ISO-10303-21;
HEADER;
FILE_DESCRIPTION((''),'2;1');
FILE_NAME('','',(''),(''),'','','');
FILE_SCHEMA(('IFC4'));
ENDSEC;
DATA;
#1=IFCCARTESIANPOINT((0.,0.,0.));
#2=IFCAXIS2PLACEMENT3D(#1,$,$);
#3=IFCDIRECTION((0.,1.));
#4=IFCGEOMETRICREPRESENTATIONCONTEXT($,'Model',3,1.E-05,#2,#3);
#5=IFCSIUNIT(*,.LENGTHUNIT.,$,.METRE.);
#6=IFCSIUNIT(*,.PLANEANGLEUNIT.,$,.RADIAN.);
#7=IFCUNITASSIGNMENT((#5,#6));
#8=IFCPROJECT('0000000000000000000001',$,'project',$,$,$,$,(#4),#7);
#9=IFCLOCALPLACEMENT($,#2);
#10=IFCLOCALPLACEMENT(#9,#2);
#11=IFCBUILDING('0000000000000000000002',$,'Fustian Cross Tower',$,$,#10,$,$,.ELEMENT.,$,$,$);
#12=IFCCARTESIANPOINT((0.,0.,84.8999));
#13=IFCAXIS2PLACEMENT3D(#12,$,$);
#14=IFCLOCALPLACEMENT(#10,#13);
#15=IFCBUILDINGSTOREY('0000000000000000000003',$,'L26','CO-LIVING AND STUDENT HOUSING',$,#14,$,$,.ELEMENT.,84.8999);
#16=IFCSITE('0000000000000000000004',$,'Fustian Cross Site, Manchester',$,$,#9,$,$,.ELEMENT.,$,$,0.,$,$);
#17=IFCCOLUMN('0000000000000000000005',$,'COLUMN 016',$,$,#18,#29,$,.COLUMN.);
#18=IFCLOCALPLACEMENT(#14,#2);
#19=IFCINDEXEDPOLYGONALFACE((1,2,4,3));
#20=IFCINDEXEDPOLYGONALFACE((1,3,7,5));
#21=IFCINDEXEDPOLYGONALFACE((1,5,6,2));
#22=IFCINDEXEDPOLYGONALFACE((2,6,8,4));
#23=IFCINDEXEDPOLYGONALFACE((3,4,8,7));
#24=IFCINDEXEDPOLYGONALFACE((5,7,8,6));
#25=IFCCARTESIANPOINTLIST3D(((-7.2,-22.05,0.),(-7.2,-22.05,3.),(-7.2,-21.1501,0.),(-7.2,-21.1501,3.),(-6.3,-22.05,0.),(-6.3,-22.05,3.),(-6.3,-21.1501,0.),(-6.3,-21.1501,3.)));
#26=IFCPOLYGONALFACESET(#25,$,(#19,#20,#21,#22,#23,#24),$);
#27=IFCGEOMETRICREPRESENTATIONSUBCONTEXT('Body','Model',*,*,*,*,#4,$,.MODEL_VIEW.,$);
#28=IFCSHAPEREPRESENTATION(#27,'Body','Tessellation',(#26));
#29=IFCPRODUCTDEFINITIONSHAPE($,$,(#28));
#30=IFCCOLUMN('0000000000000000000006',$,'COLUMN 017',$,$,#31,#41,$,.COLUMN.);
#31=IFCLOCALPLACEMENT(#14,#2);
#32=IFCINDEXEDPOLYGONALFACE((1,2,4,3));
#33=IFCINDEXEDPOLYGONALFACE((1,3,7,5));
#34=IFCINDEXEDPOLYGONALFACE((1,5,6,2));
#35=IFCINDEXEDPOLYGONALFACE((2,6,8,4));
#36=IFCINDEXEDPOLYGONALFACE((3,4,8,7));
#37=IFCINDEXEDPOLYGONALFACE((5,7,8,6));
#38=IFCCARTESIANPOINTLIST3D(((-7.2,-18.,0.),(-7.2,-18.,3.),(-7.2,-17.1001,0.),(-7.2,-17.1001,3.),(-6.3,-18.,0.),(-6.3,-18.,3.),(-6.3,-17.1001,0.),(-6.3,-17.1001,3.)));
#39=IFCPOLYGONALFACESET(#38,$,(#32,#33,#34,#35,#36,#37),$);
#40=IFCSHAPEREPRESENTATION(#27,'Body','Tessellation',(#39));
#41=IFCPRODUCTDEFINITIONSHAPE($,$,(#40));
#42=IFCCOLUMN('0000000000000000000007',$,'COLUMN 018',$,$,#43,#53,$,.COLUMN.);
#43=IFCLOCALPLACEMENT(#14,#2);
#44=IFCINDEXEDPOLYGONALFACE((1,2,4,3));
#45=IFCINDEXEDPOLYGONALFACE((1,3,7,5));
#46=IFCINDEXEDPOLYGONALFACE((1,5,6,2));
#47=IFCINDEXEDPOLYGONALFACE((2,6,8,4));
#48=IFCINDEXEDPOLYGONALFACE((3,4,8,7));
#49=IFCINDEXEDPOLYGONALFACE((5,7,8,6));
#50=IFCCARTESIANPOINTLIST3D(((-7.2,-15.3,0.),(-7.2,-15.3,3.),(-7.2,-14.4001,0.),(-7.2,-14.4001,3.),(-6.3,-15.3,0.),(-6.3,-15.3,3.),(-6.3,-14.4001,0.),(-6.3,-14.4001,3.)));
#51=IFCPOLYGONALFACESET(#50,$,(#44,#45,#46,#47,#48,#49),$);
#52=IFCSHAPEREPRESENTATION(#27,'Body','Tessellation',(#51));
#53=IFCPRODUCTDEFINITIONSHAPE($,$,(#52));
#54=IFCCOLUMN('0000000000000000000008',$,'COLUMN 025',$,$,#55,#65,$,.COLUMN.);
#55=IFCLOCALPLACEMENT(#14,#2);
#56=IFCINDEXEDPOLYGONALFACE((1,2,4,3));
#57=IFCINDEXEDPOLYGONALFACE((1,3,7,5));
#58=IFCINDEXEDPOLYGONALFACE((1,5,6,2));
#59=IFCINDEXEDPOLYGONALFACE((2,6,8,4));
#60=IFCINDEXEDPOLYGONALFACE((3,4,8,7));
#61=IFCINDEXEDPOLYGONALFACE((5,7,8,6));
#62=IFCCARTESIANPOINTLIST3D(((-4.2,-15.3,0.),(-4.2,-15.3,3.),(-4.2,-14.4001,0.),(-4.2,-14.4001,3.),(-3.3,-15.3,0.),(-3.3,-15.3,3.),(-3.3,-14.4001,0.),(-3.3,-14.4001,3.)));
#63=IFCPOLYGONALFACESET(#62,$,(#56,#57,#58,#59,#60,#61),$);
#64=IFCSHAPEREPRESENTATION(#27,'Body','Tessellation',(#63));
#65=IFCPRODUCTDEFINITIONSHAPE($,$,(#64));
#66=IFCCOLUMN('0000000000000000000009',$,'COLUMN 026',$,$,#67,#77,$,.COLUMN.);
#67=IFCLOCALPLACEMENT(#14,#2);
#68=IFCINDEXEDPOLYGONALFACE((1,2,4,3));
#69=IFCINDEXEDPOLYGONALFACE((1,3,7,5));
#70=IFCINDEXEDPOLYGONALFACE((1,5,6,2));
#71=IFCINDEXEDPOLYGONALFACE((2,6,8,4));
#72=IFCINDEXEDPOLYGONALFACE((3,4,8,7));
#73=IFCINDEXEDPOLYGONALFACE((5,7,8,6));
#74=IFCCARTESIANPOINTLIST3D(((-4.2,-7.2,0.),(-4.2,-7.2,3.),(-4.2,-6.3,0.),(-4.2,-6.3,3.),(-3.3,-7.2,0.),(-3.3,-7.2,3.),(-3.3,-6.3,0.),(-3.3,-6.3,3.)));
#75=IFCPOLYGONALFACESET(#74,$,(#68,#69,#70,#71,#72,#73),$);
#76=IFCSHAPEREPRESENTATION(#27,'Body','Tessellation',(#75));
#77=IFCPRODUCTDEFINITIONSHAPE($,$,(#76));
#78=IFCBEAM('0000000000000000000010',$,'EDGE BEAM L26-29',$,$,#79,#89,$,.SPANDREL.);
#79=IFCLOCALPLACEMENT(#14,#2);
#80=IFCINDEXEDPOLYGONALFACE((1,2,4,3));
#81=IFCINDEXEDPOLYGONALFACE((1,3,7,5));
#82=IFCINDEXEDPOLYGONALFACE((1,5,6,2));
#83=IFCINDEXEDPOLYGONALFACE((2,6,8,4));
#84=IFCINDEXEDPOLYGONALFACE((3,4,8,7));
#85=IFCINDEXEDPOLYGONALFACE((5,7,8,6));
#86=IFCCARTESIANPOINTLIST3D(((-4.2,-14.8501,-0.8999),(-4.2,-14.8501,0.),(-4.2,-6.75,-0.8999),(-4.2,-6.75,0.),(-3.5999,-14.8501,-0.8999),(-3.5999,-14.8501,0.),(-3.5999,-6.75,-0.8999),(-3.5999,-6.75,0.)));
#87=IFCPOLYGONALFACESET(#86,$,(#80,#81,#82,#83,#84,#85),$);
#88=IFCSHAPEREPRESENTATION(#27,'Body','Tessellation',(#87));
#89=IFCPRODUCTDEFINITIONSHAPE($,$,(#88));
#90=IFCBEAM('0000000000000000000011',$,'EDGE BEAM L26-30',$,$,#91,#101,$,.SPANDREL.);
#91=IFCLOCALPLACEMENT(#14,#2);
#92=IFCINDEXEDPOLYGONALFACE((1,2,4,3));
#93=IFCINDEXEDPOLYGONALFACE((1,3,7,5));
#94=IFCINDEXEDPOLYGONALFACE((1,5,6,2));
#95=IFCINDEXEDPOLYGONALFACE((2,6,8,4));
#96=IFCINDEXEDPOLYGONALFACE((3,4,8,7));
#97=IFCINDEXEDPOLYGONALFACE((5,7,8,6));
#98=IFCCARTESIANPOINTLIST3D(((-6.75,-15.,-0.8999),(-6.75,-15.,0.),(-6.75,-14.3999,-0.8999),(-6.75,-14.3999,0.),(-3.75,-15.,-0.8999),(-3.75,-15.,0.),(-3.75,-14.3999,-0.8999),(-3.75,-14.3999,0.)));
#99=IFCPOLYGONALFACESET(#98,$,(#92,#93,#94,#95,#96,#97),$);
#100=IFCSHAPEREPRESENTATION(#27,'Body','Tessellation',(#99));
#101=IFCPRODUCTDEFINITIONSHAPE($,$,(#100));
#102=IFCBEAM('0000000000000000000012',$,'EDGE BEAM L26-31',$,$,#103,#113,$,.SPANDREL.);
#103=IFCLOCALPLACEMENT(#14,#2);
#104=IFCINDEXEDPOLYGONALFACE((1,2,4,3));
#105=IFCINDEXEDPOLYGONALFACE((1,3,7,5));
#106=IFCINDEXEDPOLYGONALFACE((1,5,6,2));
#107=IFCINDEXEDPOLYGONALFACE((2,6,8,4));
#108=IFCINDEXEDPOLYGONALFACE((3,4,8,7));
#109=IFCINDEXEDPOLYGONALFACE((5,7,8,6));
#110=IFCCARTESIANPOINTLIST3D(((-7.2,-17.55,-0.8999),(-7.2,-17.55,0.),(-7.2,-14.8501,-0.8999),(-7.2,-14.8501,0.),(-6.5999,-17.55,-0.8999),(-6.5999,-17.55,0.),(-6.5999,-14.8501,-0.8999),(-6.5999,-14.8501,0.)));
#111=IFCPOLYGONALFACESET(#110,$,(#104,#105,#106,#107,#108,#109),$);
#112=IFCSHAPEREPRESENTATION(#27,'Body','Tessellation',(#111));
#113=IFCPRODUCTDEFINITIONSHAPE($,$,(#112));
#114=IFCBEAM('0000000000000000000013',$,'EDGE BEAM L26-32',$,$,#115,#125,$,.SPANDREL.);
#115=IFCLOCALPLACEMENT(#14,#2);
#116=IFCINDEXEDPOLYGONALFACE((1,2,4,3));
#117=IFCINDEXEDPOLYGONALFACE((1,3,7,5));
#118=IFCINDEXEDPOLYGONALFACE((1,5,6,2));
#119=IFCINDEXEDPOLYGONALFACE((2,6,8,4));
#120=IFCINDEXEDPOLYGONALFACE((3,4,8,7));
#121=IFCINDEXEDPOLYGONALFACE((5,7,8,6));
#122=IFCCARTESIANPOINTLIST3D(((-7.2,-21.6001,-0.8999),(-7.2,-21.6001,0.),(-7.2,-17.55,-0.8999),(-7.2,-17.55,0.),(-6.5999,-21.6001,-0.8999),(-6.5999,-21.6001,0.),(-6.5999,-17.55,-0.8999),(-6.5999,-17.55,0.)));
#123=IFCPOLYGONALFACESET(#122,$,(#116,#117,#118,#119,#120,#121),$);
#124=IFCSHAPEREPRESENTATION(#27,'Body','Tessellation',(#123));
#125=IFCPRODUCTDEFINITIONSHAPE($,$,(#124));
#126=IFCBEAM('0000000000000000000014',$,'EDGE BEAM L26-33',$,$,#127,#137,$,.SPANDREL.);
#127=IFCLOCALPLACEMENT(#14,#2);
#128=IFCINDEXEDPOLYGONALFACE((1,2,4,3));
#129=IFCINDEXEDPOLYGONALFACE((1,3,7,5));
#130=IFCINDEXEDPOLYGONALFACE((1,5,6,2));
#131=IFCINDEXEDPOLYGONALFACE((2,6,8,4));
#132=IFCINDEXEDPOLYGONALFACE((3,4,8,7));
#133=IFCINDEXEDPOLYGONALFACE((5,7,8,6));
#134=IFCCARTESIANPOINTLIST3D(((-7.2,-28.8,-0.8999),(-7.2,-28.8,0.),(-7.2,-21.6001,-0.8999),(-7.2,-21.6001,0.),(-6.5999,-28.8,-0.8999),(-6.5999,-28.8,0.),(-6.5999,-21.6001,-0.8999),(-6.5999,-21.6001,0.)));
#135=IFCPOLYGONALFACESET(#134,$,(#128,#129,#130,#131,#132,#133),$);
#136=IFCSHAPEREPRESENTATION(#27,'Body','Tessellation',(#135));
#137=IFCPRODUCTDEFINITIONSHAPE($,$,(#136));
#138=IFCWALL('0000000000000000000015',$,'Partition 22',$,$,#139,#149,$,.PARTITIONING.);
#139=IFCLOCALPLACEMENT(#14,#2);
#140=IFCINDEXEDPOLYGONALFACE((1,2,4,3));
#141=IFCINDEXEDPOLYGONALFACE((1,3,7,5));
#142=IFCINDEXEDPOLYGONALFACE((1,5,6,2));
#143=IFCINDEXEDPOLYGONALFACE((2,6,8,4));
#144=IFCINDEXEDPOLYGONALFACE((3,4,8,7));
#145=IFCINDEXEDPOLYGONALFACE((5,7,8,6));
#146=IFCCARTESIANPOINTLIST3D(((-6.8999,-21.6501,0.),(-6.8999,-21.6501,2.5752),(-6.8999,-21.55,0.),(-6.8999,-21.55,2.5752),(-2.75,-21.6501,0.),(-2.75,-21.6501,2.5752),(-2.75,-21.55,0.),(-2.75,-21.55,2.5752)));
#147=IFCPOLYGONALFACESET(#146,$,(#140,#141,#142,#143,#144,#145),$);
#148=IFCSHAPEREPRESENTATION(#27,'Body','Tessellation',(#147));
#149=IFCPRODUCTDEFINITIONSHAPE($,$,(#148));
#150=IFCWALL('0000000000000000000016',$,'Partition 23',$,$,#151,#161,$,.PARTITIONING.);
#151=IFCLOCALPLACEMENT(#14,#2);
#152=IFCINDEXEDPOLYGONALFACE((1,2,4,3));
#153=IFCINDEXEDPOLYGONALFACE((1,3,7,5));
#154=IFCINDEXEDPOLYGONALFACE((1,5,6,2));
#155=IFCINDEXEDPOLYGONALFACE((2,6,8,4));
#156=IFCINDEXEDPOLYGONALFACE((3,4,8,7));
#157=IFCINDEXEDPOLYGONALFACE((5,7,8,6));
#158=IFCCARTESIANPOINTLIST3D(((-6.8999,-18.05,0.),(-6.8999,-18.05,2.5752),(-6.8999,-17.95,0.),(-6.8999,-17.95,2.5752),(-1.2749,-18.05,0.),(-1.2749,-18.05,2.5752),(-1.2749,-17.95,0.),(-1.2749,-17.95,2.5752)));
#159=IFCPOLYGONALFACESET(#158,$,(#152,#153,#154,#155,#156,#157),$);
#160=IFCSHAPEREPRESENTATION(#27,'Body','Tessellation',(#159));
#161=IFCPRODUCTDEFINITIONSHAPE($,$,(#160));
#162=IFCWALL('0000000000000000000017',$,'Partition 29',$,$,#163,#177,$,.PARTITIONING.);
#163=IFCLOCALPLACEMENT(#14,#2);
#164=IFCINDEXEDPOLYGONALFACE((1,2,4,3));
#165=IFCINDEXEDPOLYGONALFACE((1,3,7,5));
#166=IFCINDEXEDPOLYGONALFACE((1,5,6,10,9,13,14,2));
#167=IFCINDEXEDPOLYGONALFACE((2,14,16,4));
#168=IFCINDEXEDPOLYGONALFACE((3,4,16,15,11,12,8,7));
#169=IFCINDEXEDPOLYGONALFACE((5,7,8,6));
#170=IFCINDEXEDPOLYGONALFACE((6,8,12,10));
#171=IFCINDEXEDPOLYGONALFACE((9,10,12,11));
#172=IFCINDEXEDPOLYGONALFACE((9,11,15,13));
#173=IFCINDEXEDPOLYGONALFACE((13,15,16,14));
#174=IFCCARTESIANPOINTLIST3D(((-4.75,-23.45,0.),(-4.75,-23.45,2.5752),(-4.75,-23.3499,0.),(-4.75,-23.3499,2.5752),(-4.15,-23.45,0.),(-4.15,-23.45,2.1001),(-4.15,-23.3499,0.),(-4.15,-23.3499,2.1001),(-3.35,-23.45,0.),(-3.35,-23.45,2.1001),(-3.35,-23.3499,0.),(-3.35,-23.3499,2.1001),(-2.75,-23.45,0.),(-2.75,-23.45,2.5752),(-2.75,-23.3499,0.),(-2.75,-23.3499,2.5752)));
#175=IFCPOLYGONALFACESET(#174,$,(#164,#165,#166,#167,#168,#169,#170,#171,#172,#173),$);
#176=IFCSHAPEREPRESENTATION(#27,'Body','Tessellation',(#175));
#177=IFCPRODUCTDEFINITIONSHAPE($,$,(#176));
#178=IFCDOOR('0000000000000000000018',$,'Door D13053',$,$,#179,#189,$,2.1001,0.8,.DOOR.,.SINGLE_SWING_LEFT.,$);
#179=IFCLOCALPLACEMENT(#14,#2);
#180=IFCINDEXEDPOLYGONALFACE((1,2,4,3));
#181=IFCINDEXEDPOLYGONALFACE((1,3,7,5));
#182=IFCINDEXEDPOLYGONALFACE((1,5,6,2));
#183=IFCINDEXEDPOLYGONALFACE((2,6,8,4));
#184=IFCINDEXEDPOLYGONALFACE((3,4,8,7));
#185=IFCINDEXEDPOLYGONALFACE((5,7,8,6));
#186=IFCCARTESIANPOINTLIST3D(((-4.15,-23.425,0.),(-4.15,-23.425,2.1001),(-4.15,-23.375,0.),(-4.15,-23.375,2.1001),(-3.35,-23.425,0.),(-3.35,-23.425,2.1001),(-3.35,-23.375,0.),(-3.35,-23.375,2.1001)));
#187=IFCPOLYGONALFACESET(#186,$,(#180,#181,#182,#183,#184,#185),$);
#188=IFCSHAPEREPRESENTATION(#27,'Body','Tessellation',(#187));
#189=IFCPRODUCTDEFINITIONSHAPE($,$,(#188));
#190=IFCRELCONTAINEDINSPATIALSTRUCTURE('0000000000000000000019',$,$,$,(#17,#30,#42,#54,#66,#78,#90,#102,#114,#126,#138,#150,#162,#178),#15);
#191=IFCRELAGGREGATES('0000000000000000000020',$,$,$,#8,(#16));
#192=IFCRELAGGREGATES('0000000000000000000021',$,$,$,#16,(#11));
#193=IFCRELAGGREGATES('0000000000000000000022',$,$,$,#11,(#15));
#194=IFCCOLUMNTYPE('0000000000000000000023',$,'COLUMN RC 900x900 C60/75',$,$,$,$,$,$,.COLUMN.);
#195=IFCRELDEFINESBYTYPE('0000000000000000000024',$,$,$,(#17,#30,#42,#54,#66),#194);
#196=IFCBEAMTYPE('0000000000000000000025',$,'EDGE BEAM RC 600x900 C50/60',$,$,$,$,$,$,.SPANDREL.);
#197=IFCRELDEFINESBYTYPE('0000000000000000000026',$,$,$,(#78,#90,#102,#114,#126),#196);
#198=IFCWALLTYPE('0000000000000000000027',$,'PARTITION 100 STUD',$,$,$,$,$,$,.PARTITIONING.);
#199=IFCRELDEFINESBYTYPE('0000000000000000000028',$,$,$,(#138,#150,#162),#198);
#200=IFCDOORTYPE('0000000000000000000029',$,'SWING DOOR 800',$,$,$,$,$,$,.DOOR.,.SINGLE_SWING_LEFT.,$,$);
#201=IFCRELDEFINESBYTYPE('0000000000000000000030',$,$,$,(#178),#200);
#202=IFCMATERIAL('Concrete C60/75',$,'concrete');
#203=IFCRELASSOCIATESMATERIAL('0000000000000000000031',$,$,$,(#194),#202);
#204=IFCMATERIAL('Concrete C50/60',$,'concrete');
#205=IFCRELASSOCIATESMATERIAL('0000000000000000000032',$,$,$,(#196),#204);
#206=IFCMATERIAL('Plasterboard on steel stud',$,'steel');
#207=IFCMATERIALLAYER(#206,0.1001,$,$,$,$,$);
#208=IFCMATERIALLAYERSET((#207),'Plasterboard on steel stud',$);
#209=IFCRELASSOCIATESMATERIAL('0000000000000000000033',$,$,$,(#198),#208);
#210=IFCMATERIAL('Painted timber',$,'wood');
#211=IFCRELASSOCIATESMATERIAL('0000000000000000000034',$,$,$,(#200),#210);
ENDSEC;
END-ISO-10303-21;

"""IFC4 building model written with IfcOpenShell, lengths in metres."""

from ifc_helpers import new_model, si_unit, direction, frame, frame_2d, origin, origin_2d, place, context, subcontext, project, spatial, rectangle, extrude, material, layer, layer_set, material_profile, profile_set, type_object, element, fill, save


model = new_model("IFC4")

# Units and contexts
model_context = context("Model", 3, precision=1e-05, world=origin(), true_north=direction((0.0, 1.0)))
body_context = subcontext(model_context, "Body", "Model", "MODEL_VIEW")
ifc_project = project(units=[si_unit("LENGTHUNIT", "METRE"), si_unit("PLANEANGLEUNIT", "RADIAN")], contexts=[model_context])

# Site, building, storey
site_placement = place(None, origin())
site = spatial("IfcSite", under=ifc_project, at=site_placement, Name="Fustian Cross Site, Manchester", CompositionType="ELEMENT", RefElevation=0.0)
building_placement = place(site_placement, origin())
building = spatial("IfcBuilding", under=site, at=building_placement, Name="Fustian Cross Tower", CompositionType="ELEMENT")
storey_placement = place(building_placement, frame((0.0, 0.0, 84.8999)))
storey = spatial("IfcBuildingStorey", under=building, at=storey_placement, Name="L26", Description="CO-LIVING AND STUDENT HOUSING", CompositionType="ELEMENT", Elevation=84.8999)

# Columns
ifc_material_1 = material(Name="Concrete C60/75", Category="concrete")
ifc_material_profile_1 = material_profile(ifc_material_1, rectangle(XDim=0.8999, YDim=0.8999, at=origin_2d()), Name="RC 900x900")
ifc_profile_set_1 = profile_set([ifc_material_profile_1], Name="Concrete C60/75")
column_type = type_object("IfcColumnType", Name="COLUMN RC 900x900 C60/75", PredefinedType="COLUMN", material=ifc_profile_set_1)
for number, where, z_axis, x_axis, name in (
    (1, (-6.75, -21.6001, 0.0), (0.0, 0.0, 1.0), (1.0, 0.0, 0.0), "COLUMN 016"),
    (2, (-6.75, -17.55, 0.0), (0.0, 0.0, 1.0), (1.0, 0.0, 0.0), "COLUMN 017"),
    (3, (-6.75, -14.8501, 0.0), (0.0, 0.0, 1.0), (1.0, 0.0, 0.0), "COLUMN 018"),
    (4, (-3.75, -14.8501, 0.0), (0.0, 0.0, 1.0), (1.0, 0.0, 0.0), "COLUMN 025"),
    (5, (-3.75, -6.75, 0.0), (0.0, 0.0, 1.0), (1.0, 0.0, 0.0), "COLUMN 026"),
):
    element("IfcColumn", number, at=place(storey_placement, frame(where, z_axis=z_axis, x_axis=x_axis)), inside=storey, type_object=column_type, Name=name, PredefinedType="COLUMN", context=body_context, shape_type="SweptSolid", body=[
        extrude(rectangle(XDim=0.8999, YDim=0.8999, at=origin_2d()), origin(), (0.0, 0.0, 1.0), 3.0),
    ])

# Beams
ifc_material_2 = material(Name="Concrete C50/60", Category="concrete")
ifc_material_profile_2 = material_profile(ifc_material_2, rectangle(XDim=0.6001, YDim=0.8999, at=origin_2d()), Name="RC 600x900")
ifc_profile_set_2 = profile_set([ifc_material_profile_2], Name="Concrete C50/60")
beam_type = type_object("IfcBeamType", Name="EDGE BEAM RC 600x900 C50/60", PredefinedType="SPANDREL", material=ifc_profile_set_2)
beam_1_placement = place(storey_placement, frame((-3.8999, -6.75, -0.45), z_axis=(0.0, -1.0, 0.0), x_axis=(1.0, 0.0, 0.0)))
element("IfcBeam", 6, at=beam_1_placement, inside=storey, type_object=beam_type, Name="EDGE BEAM L26-29", PredefinedType="SPANDREL", context=body_context, shape_type="SweptSolid", body=[
    extrude(rectangle(XDim=0.6001, YDim=0.8999, at=origin_2d()), origin(), (0.0, 0.0, 1.0), 8.1001),
])
beam_2_placement = place(storey_placement, frame((-3.75, -14.7, -0.45), z_axis=(-1.0, 0.0, 0.0), x_axis=(0.0, -1.0, 0.0)))
element("IfcBeam", 7, at=beam_2_placement, inside=storey, type_object=beam_type, Name="EDGE BEAM L26-30", PredefinedType="SPANDREL", context=body_context, shape_type="SweptSolid", body=[
    extrude(rectangle(XDim=0.6001, YDim=0.8999, at=origin_2d()), origin(), (0.0, 0.0, 1.0), 3.0),
])
beam_3_placement = place(storey_placement, frame((-6.8999, -14.8501, -0.45), z_axis=(0.0, -1.0, 0.0), x_axis=(1.0, 0.0, 0.0)))
element("IfcBeam", 8, at=beam_3_placement, inside=storey, type_object=beam_type, Name="EDGE BEAM L26-31", PredefinedType="SPANDREL", context=body_context, shape_type="SweptSolid", body=[
    extrude(rectangle(XDim=0.6001, YDim=0.8999, at=origin_2d()), origin(), (0.0, 0.0, 1.0), 2.7),
])
beam_4_placement = place(storey_placement, frame((-6.8999, -17.55, -0.45), z_axis=(0.0, -1.0, 0.0), x_axis=(1.0, 0.0, 0.0)))
element("IfcBeam", 9, at=beam_4_placement, inside=storey, type_object=beam_type, Name="EDGE BEAM L26-32", PredefinedType="SPANDREL", context=body_context, shape_type="SweptSolid", body=[
    extrude(rectangle(XDim=0.6001, YDim=0.8999, at=origin_2d()), origin(), (0.0, 0.0, 1.0), 4.05),
])
beam_5_placement = place(storey_placement, frame((-6.8999, -21.6001, -0.45), z_axis=(0.0, -1.0, 0.0), x_axis=(1.0, 0.0, 0.0)))
element("IfcBeam", 10, at=beam_5_placement, inside=storey, type_object=beam_type, Name="EDGE BEAM L26-33", PredefinedType="SPANDREL", context=body_context, shape_type="SweptSolid", body=[
    extrude(rectangle(XDim=0.6001, YDim=0.8999, at=origin_2d()), origin(), (0.0, 0.0, 1.0), 7.2),
])

# Walls
ifc_material_3 = material(Name="Plasterboard on steel stud", Category="steel")
ifc_layer_1 = layer(ifc_material_3, 0.1001)
ifc_layer_set_1 = layer_set([ifc_layer_1], Name="Plasterboard on steel stud")
wall_type_1 = type_object("IfcWallType", Name="PARTITION 100 STUD", PredefinedType="PARTITIONING", material=ifc_layer_set_1)
wall_1_placement = place(storey_placement, frame((-6.8999, -21.6001, 0.0), z_axis=(0.0, 0.0, 1.0), x_axis=(1.0, 0.0, 0.0)))
element("IfcWall", 11, at=wall_1_placement, inside=storey, type_object=wall_type_1, Name="Partition 22", PredefinedType="PARTITIONING", context=body_context, shape_type="SweptSolid", body=[
    extrude(rectangle(XDim=4.1499, YDim=0.1001, at=frame_2d((2.075, 0.0))), origin(), (0.0, 0.0, 1.0), 2.5752),
])
wall_2_placement = place(storey_placement, frame((-6.8999, -18.0, 0.0), z_axis=(0.0, 0.0, 1.0), x_axis=(1.0, 0.0, 0.0)))
element("IfcWall", 12, at=wall_2_placement, inside=storey, type_object=wall_type_1, Name="Partition 23", PredefinedType="PARTITIONING", context=body_context, shape_type="SweptSolid", body=[
    extrude(rectangle(XDim=5.625, YDim=0.1001, at=frame_2d((2.8125, 0.0))), origin(), (0.0, 0.0, 1.0), 2.5752),
])

# Wall, opening, door
wall_3_placement = place(storey_placement, frame((-4.75, -23.3999, 0.0), z_axis=(0.0, 0.0, 1.0), x_axis=(1.0, 0.0, 0.0)))
wall_3 = element("IfcWall", 13, at=wall_3_placement, inside=storey, type_object=wall_type_1, Name="Partition 29", PredefinedType="PARTITIONING", context=body_context, shape_type="SweptSolid", body=[
    extrude(rectangle(XDim=2.0, YDim=0.1001, at=frame_2d((1.0, 0.0))), origin(), (0.0, 0.0, 1.0), 2.5752),
])
opening_1_placement = place(wall_3_placement, frame((0.6001, 0.0, 0.0)))
opening_1 = element("IfcOpeningElement", 14, at=opening_1_placement, cuts=wall_3, PredefinedType="OPENING", context=body_context, shape_type="SweptSolid", body=[
    extrude(rectangle(XDim=0.8, YDim=2.1001, at=frame_2d((0.3999, 1.05))), frame((0.0, 0.0601, 0.0), z_axis=(0.0, -1.0, 0.0), x_axis=(1.0, 0.0, 0.0)), (0.0, 0.0, 1.0), 0.1201),
])
ifc_material_4 = material(Name="Painted timber", Category="wood")
door_type_1 = type_object("IfcDoorType", Name="SWING DOOR 800", OperationType="SINGLE_SWING_LEFT", PredefinedType="DOOR", material=ifc_material_4)
door_1_placement = place(opening_1_placement, origin())
door_1 = element("IfcDoor", 15, at=door_1_placement, inside=storey, type_object=door_type_1, Name="Door D13053", OperationType="SINGLE_SWING_LEFT", OverallHeight=2.1001, OverallWidth=0.8, PredefinedType="DOOR", context=body_context, shape_type="SweptSolid", body=[
    extrude(rectangle(XDim=0.8, YDim=2.1001, at=frame_2d((0.3999, 1.05))), frame((0.0, 0.0249, 0.0), z_axis=(0.0, -1.0, 0.0), x_axis=(1.0, 0.0, 0.0)), (0.0, 0.0, 1.0), 0.05),
])
fill(opening_1, door_1)

save(model, "model.ifc")
